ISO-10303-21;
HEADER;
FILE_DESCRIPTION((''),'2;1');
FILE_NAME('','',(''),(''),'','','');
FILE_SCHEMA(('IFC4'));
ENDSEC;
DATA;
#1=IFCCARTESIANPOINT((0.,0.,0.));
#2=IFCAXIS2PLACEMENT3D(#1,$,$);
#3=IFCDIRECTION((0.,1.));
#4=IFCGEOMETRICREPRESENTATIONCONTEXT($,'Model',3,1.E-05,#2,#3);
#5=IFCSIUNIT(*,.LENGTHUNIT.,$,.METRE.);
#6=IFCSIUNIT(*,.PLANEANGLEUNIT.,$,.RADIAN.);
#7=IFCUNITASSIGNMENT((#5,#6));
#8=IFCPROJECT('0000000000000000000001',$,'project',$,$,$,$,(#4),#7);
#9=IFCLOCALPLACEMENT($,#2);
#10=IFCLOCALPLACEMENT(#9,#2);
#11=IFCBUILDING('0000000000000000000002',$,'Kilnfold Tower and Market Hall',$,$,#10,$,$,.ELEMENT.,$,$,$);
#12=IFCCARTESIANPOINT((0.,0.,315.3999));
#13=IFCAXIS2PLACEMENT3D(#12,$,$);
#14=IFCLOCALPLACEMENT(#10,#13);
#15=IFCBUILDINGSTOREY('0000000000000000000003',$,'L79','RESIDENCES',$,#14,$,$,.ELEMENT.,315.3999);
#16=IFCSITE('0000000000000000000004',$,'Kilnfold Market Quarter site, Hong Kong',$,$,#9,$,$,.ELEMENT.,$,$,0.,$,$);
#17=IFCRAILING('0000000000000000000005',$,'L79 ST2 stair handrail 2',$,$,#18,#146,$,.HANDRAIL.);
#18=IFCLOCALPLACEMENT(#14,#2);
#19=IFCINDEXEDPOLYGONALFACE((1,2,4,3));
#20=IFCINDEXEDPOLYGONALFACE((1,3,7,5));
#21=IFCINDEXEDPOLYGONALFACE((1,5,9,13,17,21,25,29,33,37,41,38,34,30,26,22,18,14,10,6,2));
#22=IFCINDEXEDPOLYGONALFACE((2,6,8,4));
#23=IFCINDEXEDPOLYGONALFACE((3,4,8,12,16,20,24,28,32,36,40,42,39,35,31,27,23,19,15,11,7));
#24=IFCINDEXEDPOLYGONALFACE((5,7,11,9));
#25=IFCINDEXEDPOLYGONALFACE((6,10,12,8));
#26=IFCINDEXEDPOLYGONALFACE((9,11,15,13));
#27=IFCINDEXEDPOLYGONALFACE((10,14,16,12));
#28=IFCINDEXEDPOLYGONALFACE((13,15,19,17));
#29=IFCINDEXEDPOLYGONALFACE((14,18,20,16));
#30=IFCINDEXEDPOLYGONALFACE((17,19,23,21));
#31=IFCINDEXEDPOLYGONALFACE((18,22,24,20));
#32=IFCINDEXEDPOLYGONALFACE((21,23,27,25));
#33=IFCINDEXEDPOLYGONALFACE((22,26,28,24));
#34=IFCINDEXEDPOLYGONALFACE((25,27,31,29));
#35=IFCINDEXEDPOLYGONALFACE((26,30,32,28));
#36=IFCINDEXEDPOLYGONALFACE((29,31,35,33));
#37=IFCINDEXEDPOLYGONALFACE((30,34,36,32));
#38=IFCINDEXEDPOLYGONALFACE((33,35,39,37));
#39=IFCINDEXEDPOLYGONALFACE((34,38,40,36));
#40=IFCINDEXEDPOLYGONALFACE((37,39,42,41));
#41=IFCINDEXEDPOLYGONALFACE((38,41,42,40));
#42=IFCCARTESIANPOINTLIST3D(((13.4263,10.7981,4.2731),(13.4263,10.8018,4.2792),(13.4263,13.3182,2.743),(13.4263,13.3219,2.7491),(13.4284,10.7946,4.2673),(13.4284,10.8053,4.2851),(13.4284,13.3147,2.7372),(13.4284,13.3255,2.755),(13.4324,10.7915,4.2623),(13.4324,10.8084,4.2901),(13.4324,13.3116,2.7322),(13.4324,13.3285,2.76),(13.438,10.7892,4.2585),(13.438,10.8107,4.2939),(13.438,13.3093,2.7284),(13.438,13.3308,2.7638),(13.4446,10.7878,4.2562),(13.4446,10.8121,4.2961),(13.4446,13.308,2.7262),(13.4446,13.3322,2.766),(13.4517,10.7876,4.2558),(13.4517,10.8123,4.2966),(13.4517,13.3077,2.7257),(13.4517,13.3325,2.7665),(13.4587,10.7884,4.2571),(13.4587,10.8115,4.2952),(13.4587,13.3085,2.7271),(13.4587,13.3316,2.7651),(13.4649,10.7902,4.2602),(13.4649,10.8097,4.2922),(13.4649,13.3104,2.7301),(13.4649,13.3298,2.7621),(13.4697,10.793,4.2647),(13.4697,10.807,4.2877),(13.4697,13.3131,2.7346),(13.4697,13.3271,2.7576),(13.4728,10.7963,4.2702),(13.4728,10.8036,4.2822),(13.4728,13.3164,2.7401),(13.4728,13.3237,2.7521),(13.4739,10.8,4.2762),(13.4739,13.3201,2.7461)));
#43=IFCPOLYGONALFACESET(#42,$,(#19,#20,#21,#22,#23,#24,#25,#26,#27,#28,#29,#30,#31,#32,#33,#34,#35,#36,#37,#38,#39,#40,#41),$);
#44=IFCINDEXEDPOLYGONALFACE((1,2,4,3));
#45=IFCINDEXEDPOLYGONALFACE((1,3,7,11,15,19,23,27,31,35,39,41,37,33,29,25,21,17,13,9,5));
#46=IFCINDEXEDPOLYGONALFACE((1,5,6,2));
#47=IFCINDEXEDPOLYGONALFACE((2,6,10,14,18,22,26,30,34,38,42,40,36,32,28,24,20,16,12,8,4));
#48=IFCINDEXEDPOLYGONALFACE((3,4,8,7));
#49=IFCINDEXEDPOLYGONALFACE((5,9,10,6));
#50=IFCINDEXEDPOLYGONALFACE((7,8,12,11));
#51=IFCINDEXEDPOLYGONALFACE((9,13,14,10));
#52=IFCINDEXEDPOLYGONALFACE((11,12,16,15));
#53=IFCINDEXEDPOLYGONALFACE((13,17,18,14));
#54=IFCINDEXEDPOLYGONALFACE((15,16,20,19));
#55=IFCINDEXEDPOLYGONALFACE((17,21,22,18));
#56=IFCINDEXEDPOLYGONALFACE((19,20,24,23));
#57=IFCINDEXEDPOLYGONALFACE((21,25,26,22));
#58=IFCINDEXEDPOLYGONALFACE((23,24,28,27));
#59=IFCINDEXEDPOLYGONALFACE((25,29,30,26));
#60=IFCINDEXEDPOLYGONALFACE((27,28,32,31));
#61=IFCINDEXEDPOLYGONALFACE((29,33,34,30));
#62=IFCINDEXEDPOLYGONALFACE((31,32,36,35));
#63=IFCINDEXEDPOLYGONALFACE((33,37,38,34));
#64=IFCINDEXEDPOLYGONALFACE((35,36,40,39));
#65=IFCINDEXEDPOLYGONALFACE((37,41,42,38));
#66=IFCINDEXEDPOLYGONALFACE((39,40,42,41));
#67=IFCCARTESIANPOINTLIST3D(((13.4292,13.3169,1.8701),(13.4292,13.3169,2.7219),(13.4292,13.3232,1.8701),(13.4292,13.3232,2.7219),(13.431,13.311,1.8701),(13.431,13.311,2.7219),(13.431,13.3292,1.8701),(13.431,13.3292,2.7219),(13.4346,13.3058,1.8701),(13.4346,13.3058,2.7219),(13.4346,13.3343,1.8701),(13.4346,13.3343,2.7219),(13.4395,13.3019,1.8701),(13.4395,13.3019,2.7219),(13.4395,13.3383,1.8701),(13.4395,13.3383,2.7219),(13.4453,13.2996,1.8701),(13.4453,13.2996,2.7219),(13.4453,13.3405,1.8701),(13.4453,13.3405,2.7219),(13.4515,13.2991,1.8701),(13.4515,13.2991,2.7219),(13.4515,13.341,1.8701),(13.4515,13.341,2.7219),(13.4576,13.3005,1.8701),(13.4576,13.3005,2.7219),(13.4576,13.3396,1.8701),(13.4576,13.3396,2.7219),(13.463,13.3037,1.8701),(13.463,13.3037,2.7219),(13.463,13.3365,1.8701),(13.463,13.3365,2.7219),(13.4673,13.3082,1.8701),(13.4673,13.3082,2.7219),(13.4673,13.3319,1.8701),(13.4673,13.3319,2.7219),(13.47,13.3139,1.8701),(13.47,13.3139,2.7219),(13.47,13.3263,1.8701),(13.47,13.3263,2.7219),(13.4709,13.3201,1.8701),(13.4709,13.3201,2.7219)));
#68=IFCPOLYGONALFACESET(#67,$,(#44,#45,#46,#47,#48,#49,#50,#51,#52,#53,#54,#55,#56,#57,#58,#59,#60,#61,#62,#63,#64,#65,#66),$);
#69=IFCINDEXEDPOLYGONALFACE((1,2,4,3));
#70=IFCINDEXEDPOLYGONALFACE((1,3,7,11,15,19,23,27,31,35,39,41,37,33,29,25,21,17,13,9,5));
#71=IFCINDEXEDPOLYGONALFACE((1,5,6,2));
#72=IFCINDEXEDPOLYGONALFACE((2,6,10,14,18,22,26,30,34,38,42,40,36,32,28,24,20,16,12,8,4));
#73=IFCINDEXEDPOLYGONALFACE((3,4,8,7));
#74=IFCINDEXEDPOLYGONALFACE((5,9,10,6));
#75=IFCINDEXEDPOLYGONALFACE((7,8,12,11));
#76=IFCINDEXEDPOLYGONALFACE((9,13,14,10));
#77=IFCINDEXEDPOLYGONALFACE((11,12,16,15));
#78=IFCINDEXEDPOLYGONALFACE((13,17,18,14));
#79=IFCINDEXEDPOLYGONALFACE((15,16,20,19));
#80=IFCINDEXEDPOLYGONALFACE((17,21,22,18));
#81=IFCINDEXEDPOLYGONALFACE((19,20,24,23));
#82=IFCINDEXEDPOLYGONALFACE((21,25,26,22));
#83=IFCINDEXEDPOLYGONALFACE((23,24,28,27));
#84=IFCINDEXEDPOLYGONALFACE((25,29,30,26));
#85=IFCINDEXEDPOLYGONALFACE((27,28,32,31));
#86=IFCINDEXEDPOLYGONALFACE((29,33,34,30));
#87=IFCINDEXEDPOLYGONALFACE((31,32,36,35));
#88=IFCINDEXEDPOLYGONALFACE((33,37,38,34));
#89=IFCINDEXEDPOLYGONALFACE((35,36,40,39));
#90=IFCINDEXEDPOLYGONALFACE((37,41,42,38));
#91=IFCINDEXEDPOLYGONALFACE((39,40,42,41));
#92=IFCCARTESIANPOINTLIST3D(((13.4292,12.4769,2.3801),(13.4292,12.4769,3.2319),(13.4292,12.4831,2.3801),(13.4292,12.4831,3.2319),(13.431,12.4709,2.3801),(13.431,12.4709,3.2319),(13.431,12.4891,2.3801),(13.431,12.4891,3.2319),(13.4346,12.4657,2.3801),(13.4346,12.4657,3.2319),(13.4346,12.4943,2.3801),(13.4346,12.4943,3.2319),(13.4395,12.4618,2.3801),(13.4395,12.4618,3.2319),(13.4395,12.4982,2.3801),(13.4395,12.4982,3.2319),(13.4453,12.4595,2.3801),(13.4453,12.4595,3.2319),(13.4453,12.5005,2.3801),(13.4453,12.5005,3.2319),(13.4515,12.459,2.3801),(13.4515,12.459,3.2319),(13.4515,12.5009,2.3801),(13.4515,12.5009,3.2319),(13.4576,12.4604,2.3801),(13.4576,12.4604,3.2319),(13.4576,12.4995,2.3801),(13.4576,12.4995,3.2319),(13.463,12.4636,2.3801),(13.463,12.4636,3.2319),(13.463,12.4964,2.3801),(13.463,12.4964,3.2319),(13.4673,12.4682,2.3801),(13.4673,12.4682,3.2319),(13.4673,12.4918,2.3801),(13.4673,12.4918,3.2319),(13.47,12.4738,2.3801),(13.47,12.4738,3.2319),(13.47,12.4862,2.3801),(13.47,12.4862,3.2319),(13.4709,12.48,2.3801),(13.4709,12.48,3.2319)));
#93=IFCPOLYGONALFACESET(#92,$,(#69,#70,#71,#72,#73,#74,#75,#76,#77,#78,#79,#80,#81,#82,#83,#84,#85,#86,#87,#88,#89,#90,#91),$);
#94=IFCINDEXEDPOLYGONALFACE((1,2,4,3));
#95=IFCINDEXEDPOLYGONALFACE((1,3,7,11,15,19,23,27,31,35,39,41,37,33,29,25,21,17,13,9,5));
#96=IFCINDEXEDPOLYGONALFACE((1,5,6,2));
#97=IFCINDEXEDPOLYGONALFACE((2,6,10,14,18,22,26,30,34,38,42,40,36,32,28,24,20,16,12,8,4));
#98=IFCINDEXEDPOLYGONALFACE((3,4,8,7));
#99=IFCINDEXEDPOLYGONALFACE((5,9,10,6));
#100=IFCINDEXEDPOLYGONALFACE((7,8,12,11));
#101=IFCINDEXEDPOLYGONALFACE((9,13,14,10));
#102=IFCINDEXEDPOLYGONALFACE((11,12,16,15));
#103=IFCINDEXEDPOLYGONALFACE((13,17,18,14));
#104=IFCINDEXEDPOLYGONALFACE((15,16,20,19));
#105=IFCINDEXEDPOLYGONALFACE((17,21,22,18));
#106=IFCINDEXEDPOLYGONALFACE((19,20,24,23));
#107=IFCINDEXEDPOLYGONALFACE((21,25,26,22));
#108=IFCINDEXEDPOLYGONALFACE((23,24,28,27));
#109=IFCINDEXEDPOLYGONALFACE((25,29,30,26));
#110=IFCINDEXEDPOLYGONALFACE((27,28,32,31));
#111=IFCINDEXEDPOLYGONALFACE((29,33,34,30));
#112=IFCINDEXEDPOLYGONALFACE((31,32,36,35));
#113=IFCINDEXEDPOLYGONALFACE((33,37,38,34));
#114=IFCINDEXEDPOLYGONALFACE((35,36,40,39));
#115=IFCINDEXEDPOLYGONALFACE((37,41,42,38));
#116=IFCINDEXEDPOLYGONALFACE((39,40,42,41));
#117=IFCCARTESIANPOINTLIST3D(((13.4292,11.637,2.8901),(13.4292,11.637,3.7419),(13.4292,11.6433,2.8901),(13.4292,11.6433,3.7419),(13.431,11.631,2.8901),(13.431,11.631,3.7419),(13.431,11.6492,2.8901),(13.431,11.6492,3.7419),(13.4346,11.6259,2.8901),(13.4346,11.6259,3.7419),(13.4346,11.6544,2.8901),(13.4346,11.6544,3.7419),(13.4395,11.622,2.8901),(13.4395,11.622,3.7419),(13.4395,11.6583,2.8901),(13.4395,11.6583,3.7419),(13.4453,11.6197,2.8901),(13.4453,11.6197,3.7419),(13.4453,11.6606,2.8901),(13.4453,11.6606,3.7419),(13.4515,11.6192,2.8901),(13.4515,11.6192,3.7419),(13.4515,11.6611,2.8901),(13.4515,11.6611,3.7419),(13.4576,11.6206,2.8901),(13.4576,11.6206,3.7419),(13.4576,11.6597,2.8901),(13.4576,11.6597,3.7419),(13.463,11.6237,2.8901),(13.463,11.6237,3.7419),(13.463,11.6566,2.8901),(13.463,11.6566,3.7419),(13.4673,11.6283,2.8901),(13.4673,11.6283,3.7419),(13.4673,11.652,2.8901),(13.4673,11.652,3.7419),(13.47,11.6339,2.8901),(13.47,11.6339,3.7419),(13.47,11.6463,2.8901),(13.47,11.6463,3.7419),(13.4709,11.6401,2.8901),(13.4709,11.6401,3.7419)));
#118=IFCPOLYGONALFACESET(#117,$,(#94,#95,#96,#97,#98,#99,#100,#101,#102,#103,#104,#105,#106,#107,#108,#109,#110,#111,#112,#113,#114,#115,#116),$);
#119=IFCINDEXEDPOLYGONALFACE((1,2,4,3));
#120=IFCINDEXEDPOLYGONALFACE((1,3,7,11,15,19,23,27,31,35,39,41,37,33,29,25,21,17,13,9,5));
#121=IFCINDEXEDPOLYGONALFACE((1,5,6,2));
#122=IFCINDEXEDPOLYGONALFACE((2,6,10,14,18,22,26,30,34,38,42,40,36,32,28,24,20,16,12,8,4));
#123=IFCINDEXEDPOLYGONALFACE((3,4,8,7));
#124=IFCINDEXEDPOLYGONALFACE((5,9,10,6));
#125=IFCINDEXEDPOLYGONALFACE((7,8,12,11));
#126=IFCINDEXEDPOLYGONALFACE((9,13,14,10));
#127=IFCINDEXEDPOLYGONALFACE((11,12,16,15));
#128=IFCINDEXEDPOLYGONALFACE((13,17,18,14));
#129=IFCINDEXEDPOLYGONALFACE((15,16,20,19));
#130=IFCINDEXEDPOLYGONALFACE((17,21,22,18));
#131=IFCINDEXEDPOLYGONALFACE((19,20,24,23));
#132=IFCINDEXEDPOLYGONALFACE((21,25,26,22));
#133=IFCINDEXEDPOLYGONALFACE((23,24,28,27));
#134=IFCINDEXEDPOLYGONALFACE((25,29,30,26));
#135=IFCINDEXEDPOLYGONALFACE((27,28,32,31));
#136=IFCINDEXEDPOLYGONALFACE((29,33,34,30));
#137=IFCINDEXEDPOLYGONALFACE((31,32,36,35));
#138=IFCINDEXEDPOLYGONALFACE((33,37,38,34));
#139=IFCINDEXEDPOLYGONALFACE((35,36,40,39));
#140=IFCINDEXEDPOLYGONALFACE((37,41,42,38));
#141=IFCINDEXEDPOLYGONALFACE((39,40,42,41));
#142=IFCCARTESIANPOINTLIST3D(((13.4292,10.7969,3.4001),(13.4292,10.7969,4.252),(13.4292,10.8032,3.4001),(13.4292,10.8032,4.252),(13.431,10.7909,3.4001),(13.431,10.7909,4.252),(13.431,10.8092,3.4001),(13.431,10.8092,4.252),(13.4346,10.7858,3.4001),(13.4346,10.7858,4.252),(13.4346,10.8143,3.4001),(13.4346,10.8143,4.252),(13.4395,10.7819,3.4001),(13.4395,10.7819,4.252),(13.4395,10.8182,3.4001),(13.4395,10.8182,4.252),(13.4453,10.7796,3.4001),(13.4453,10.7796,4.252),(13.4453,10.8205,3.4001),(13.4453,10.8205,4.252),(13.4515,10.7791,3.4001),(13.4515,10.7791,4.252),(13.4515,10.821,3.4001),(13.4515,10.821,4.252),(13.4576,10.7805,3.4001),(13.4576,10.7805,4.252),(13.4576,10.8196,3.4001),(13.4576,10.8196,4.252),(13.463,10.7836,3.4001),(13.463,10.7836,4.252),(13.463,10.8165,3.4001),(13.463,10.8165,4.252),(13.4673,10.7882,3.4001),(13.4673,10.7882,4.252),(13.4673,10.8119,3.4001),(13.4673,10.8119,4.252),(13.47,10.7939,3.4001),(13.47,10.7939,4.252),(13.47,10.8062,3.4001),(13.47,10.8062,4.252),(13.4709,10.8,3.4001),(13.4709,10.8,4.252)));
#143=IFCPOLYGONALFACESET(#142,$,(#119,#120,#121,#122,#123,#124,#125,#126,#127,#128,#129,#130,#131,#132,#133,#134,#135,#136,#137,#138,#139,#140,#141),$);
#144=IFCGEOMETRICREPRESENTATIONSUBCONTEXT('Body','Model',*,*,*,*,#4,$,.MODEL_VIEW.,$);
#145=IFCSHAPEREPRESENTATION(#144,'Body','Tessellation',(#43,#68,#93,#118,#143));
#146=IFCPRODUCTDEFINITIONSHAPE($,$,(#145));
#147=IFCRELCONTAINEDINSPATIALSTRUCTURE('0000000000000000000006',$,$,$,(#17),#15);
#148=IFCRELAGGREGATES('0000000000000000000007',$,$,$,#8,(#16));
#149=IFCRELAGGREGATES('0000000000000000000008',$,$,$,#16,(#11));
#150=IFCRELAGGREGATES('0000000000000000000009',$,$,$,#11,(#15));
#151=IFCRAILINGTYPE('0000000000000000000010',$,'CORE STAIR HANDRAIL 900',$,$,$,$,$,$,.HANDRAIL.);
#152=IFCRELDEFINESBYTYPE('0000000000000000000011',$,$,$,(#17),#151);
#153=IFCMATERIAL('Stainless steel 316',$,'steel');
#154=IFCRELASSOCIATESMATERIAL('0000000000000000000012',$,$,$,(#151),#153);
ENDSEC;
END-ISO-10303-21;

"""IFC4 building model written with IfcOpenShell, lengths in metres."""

from ifc_helpers import new_model, si_unit, direction, frame, origin, origin_2d, place, context, subcontext, project, spatial, circle, extrude, material, type_object, element, save


model = new_model("IFC4")

# Units and contexts
model_context = context("Model", 3, precision=1e-05, world=origin(), true_north=direction((0.0, 1.0)))
body_context = subcontext(model_context, "Body", "Model", "MODEL_VIEW")
ifc_project = project(units=[si_unit("LENGTHUNIT", "METRE"), si_unit("PLANEANGLEUNIT", "RADIAN")], contexts=[model_context])

# Site, building, storey
site_placement = place(None, origin())
site = spatial("IfcSite", under=ifc_project, at=site_placement, Name="Kilnfold Market Quarter site, Hong Kong", CompositionType="ELEMENT", RefElevation=0.0)
building_placement = place(site_placement, origin())
building = spatial("IfcBuilding", under=site, at=building_placement, Name="Kilnfold Tower and Market Hall", CompositionType="ELEMENT")
storey_placement = place(building_placement, frame((0.0, 0.0, 315.3999)))
storey = spatial("IfcBuildingStorey", under=building, at=storey_placement, Name="L79", Description="RESIDENCES", CompositionType="ELEMENT", Elevation=315.3999)

# Railing
ifc_material_1 = material(Name="Stainless steel 316", Category="steel")
railing_type = type_object("IfcRailingType", Name="CORE STAIR HANDRAIL 900", PredefinedType="HANDRAIL", material=ifc_material_1)
railing_placement = place(storey_placement, frame((13.45, 13.3201, 1.8701)))
element("IfcRailing", 1, at=railing_placement, inside=storey, type_object=railing_type, Name="L79 ST2 stair handrail 2", PredefinedType="HANDRAIL", context=body_context, shape_type="SweptSolid", body=[
    extrude(circle(Radius=0.0239, at=origin_2d()), frame((0.0, 0.0, 0.876), z_axis=(0.0, -0.854785, 0.518982), x_axis=(1.0, 0.0, 0.0)), (0.0, 0.0, 1.0), 2.9482),
    extrude(circle(Radius=0.021, at=origin_2d()), origin(), (0.0, 0.0, 1.0), 0.8518),
    extrude(circle(Radius=0.021, at=origin_2d()), frame((0.0, -0.8401, 0.51)), (0.0, 0.0, 1.0), 0.8518),
    extrude(circle(Radius=0.021, at=origin_2d()), frame((0.0, -1.6799, 1.02)), (0.0, 0.0, 1.0), 0.8518),
    extrude(circle(Radius=0.021, at=origin_2d()), frame((0.0, -2.52, 1.53)), (0.0, 0.0, 1.0), 0.8518),
])

save(model, "model.ifc")
